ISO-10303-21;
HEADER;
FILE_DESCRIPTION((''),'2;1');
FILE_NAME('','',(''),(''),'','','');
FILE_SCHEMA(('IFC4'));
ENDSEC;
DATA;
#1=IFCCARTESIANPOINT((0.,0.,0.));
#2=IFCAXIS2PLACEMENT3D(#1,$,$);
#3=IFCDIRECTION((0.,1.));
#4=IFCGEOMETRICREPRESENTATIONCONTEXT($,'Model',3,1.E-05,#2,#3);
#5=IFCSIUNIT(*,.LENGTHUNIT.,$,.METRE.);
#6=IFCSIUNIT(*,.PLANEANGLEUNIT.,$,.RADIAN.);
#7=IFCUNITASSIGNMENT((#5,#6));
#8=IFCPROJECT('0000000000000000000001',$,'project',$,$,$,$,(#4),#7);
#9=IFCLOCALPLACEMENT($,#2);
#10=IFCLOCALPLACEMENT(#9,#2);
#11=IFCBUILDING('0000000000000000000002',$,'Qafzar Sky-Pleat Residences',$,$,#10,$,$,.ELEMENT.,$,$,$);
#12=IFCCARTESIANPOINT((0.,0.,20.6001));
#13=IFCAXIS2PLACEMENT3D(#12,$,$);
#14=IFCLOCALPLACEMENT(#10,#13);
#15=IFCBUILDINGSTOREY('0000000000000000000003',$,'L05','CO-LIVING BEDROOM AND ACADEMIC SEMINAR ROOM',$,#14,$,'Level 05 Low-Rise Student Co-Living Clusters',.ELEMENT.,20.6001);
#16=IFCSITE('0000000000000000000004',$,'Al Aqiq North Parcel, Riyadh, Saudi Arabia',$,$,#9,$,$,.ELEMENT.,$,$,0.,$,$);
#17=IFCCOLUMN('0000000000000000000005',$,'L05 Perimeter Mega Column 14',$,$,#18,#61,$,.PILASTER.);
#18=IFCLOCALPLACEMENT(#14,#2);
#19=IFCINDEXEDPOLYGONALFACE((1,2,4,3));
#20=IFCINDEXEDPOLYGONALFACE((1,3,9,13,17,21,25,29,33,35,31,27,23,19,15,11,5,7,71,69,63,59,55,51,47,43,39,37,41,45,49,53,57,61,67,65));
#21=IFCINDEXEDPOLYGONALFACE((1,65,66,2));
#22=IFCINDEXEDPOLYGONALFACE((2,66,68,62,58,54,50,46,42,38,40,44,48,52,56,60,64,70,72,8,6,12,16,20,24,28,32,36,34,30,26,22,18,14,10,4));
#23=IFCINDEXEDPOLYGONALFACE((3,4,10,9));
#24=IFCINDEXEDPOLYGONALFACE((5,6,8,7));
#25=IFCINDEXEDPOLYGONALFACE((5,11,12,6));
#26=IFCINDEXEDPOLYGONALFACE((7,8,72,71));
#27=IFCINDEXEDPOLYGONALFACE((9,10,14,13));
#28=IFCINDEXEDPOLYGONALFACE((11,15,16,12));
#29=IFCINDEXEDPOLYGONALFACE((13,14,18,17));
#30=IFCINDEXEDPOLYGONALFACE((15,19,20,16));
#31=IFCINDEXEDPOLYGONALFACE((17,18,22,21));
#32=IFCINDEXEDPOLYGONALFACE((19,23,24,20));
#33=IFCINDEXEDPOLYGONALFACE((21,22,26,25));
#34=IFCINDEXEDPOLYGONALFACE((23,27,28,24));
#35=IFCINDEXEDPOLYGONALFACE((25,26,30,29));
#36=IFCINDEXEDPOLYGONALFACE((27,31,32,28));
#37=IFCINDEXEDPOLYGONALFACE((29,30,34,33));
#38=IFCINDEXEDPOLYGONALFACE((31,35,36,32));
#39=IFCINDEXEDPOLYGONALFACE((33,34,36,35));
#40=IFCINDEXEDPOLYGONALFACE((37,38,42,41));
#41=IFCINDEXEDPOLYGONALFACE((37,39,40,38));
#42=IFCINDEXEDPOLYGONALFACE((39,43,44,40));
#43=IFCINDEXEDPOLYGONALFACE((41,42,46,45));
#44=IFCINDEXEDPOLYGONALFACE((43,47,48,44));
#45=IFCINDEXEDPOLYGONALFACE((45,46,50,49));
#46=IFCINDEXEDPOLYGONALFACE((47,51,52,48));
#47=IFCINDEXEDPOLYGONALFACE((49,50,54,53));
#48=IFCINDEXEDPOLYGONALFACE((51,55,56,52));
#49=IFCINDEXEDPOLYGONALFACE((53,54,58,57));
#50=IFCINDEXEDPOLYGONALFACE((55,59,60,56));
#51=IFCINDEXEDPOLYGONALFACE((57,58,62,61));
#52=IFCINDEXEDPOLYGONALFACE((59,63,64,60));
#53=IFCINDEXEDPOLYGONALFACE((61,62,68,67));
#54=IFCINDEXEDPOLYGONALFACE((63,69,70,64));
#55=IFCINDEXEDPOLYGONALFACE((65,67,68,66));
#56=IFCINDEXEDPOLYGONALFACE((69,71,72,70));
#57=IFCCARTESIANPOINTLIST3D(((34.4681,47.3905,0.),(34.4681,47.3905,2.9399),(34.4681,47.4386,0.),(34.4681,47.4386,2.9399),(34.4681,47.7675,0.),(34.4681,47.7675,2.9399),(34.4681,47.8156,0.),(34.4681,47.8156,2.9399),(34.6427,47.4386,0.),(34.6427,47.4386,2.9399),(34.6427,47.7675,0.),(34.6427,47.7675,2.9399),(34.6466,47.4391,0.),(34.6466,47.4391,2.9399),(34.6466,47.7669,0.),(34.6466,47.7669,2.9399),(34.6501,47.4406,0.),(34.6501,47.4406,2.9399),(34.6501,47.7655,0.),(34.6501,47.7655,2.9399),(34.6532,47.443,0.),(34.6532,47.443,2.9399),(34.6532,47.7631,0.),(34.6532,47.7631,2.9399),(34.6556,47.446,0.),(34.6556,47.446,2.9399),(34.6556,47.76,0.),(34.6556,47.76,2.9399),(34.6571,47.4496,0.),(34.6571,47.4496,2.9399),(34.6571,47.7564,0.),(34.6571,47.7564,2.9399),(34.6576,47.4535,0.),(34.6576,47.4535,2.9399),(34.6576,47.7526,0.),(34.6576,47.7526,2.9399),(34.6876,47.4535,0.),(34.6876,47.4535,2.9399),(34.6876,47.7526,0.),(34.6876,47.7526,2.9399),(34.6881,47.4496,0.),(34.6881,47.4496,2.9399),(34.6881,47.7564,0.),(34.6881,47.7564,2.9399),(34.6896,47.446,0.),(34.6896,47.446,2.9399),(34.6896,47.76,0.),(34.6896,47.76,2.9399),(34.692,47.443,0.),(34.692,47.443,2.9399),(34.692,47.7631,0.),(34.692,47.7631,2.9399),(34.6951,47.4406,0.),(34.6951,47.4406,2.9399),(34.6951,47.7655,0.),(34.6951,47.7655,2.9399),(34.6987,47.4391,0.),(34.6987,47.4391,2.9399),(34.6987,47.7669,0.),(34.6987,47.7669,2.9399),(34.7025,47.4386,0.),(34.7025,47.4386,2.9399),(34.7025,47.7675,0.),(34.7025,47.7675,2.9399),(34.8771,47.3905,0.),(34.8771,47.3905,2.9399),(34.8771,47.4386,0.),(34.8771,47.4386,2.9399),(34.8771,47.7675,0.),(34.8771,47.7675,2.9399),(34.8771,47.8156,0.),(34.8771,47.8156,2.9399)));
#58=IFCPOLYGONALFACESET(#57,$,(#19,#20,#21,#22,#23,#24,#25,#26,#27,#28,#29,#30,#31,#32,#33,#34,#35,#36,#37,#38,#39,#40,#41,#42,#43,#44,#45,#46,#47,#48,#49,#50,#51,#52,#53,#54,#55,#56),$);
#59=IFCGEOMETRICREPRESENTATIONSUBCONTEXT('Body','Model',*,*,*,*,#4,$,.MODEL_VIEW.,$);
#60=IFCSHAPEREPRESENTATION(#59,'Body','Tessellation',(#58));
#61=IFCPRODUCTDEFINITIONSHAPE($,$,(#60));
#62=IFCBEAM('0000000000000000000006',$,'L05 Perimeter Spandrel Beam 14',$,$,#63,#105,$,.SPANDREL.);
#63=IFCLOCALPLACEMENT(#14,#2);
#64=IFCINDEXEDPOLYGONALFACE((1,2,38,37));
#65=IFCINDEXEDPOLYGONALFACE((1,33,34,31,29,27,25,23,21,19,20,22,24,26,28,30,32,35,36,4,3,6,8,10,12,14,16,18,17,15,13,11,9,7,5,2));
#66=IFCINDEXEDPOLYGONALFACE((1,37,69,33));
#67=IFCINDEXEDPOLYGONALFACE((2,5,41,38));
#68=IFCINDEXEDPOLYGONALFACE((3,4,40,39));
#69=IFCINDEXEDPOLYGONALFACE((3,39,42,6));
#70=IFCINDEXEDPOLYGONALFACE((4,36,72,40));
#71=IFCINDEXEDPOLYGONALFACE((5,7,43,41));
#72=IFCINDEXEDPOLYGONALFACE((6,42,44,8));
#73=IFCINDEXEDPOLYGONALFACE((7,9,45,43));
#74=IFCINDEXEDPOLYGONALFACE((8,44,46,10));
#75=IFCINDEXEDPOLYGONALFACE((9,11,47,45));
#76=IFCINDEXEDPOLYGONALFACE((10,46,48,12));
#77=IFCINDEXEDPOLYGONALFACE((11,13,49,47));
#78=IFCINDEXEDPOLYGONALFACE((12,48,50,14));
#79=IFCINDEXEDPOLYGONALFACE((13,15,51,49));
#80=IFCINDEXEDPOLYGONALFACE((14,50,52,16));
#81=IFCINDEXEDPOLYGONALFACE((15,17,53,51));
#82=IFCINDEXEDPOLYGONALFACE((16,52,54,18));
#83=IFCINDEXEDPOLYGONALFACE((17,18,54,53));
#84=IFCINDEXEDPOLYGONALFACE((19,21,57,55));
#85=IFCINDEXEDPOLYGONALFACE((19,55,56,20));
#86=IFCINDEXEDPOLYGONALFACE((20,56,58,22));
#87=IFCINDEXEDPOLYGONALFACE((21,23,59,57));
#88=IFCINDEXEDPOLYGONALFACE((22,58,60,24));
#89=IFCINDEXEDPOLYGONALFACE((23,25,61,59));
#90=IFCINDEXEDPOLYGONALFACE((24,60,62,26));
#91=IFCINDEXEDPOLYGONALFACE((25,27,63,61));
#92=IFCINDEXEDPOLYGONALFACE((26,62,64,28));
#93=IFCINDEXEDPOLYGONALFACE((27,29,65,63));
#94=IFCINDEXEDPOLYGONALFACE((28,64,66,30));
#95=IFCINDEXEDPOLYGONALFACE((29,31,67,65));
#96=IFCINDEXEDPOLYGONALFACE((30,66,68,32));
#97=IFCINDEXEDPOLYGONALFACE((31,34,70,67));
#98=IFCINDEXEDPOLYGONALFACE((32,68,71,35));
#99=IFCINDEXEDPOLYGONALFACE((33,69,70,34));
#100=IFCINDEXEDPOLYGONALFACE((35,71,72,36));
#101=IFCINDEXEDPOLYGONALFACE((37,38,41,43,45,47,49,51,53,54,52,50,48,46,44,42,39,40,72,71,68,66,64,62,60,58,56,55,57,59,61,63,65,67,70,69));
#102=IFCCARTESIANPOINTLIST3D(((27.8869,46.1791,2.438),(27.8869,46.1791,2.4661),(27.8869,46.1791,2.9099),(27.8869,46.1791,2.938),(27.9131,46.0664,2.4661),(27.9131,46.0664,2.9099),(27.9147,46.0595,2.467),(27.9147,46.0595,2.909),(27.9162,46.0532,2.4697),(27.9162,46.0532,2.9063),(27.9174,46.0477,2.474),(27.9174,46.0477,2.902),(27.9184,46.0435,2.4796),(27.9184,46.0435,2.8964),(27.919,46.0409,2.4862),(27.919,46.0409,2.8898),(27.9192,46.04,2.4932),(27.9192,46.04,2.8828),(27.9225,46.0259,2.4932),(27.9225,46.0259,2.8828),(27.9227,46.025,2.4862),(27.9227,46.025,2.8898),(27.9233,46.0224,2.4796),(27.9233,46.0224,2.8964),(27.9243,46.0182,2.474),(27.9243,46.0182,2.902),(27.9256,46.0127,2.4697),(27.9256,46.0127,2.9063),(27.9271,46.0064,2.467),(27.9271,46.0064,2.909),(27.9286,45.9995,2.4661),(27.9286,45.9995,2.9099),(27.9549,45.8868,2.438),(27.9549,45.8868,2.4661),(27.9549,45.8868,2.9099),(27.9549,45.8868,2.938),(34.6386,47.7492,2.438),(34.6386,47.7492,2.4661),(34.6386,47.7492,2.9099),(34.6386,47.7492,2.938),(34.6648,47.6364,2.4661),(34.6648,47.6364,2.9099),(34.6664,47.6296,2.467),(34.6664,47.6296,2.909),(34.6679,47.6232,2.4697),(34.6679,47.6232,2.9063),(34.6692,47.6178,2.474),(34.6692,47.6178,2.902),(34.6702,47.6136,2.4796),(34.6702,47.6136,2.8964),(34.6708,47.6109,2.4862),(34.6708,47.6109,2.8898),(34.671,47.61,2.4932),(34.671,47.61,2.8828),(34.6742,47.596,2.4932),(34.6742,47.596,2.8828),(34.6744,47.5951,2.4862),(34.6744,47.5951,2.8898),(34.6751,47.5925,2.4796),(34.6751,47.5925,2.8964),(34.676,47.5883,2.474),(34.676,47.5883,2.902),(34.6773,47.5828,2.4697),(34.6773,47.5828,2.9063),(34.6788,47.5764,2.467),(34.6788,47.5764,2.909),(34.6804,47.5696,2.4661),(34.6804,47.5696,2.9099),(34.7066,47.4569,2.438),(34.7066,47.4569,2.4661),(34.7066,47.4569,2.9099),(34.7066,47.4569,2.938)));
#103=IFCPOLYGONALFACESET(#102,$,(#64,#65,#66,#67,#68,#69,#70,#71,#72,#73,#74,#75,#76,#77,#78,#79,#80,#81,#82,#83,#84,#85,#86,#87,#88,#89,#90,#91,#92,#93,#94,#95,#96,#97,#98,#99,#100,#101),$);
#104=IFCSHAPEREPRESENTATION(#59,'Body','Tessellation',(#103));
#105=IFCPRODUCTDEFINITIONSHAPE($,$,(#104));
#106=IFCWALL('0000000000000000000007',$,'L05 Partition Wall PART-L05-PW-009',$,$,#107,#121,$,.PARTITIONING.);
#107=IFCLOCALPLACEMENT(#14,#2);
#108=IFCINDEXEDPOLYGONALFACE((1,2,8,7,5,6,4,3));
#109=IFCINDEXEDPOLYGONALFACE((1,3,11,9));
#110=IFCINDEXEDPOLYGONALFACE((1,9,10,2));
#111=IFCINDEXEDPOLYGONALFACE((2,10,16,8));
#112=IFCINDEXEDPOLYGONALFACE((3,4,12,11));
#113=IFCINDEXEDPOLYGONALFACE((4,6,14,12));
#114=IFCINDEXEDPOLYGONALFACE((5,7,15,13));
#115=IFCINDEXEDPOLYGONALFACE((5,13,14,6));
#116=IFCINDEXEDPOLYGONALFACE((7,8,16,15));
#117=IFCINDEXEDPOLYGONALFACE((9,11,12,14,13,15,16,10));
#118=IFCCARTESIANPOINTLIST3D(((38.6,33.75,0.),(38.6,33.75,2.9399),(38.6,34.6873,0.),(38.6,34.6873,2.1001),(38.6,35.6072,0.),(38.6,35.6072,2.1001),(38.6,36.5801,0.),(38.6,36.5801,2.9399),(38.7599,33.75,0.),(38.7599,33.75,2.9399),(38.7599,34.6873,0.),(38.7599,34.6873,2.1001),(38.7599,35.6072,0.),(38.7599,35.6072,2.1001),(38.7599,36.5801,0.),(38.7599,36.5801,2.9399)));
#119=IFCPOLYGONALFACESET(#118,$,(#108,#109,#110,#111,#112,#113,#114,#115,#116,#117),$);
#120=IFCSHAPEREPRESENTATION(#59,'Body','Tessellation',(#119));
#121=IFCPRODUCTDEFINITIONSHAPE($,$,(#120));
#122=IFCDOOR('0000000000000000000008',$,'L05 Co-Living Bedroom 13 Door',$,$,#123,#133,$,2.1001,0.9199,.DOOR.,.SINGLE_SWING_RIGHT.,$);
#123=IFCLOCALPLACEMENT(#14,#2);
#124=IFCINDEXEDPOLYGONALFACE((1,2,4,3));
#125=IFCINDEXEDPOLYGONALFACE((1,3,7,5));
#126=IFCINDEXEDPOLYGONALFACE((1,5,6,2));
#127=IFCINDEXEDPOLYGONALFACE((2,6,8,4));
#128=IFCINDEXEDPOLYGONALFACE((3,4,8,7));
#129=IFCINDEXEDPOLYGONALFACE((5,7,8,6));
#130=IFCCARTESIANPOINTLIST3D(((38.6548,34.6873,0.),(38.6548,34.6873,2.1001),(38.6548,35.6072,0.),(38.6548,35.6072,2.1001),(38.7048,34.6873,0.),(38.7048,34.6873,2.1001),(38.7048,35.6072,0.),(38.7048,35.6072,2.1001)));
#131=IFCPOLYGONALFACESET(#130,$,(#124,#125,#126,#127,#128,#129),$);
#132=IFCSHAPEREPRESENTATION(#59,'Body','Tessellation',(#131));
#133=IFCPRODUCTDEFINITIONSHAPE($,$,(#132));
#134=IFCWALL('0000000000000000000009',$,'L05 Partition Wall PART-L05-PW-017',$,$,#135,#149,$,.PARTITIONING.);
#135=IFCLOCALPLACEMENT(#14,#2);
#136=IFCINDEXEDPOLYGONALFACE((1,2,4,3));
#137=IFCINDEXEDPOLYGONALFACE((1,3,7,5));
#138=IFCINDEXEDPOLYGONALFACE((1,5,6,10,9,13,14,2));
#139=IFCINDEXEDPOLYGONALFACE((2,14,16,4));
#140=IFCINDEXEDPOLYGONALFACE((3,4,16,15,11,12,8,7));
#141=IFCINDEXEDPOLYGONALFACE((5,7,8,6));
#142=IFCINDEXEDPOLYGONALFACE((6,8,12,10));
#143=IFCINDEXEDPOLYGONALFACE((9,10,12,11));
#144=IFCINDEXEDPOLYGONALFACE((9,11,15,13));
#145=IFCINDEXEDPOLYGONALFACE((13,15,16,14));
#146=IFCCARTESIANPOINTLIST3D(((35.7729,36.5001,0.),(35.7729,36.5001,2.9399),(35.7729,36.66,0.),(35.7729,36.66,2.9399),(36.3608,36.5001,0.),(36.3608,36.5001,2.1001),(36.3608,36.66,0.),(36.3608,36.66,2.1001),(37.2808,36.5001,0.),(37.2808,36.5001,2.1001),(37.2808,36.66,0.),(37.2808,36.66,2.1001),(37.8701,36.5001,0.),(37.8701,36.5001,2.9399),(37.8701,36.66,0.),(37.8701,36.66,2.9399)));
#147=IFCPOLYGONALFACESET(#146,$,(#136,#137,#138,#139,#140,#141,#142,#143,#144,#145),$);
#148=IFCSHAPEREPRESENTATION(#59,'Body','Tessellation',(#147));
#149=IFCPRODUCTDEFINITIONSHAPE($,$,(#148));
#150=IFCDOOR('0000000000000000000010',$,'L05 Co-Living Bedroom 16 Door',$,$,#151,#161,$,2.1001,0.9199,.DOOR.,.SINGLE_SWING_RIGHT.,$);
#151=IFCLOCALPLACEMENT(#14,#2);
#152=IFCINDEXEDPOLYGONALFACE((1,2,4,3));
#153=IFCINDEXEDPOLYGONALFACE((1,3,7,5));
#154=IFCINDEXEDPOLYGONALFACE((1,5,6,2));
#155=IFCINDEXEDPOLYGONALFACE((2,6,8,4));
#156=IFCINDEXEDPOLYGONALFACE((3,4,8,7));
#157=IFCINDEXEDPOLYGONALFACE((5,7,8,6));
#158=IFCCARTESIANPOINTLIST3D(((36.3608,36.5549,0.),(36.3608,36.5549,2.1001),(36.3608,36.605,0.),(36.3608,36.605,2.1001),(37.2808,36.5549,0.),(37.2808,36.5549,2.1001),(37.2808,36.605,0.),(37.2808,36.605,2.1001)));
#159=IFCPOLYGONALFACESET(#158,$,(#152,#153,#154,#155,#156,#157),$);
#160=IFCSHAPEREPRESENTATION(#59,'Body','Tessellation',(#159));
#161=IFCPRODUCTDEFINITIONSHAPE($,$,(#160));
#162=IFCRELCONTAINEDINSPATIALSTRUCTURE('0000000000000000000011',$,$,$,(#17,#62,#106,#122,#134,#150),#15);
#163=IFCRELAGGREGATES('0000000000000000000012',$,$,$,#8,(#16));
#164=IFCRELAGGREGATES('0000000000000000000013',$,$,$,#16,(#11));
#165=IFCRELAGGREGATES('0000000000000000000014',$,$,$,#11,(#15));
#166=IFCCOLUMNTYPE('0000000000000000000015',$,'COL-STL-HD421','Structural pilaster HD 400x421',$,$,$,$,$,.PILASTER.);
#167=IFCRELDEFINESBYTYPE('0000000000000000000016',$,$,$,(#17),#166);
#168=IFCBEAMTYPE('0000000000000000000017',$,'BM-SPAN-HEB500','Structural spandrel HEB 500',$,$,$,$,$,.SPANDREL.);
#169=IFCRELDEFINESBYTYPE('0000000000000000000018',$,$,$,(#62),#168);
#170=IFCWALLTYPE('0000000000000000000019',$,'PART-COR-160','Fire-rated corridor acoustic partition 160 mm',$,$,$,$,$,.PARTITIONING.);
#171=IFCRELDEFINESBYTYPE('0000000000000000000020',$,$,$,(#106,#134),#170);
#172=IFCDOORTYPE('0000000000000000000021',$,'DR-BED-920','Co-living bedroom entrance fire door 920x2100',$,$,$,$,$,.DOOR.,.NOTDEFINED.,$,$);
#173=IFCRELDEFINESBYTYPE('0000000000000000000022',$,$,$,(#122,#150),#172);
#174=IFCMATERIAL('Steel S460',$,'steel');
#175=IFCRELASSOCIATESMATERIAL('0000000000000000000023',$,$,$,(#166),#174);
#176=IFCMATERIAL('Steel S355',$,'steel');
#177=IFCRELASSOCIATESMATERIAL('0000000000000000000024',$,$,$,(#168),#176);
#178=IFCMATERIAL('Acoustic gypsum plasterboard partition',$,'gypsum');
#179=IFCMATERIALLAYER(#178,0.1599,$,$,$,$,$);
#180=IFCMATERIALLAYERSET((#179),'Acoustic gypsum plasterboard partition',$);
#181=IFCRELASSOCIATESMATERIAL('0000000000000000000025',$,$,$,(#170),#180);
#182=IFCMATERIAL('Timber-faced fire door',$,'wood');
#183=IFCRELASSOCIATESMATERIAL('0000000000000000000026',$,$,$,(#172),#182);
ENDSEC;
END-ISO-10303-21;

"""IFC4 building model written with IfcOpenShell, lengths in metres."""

from ifc_helpers import new_model, si_unit, direction, frame, frame_2d, origin, origin_2d, place, context, subcontext, project, spatial, rectangle, i_section, extrude, source, transform, mapped, material, layer, layer_set, material_profile, profile_set, type_object, element, fill, save


model = new_model("IFC4")

# Units and contexts
model_context = context("Model", 3, precision=1e-05, world=origin(), true_north=direction((0.0, 1.0)))
body_context = subcontext(model_context, "Body", "Model", "MODEL_VIEW")
ifc_project = project(units=[si_unit("LENGTHUNIT", "METRE"), si_unit("PLANEANGLEUNIT", "RADIAN")], contexts=[model_context])

# Site, building, storey
site_placement = place(None, origin())
site = spatial("IfcSite", under=ifc_project, at=site_placement, Name="Al Aqiq North Parcel, Riyadh, Saudi Arabia", CompositionType="ELEMENT", RefElevation=0.0)
building_placement = place(site_placement, origin())
building = spatial("IfcBuilding", under=site, at=building_placement, Name="Qafzar Sky-Pleat Residences", CompositionType="ELEMENT")
storey_placement = place(building_placement, frame((0.0, 0.0, 20.6001)))
storey = spatial("IfcBuildingStorey", under=building, at=storey_placement, Name="L05", Description="CO-LIVING BEDROOM AND ACADEMIC SEMINAR ROOM", LongName="Level 05 Low-Rise Student Co-Living Clusters", CompositionType="ELEMENT", Elevation=20.6001)

# Column
ifc_material_1 = material(Name="Steel S460", Category="steel")
ifc_material_profile_1 = material_profile(ifc_material_1, i_section(OverallWidth=0.4089, OverallDepth=0.425, WebThickness=0.03, FlangeThickness=0.0481, FilletRadius=0.0149, at=origin_2d()), Name="HD 400x421")
ifc_profile_set_1 = profile_set([ifc_material_profile_1], Name="Steel S460")
column_type = type_object("IfcColumnType", Name="COL-STL-HD421", Description="Structural pilaster HD 400x421", PredefinedType="PILASTER", material=ifc_profile_set_1)
shared_shape_1 = source(origin(), body_context, "Body", "SweptSolid", [
    extrude(i_section(OverallWidth=0.4089, OverallDepth=0.425, WebThickness=0.03, FlangeThickness=0.0481, FilletRadius=0.0149, at=origin_2d()), origin(), (0.0, 0.0, 1.0), 2.9399),
])
column_placement = place(storey_placement, frame((34.6726, 47.603, 0.0), z_axis=(0.0, 0.0, 1.0), x_axis=(1.0, 0.0, 0.0)))
element("IfcColumn", 1, at=column_placement, inside=storey, type_object=column_type, Name="L05 Perimeter Mega Column 14", PredefinedType="PILASTER", context=body_context, shape_type="MappedRepresentation", body=[
    mapped(shared_shape_1, transform((0.0, 0.0, 0.0), x_axis=(1.0, 0.0, 0.0), y_axis=(0.0, 1.0, 0.0), z_axis=(0.0, 0.0, 1.0), scale=1.0)),
])

# Beam
ifc_material_2 = material(Name="Steel S355", Category="steel")
ifc_material_profile_2 = material_profile(ifc_material_2, i_section(OverallWidth=0.3, OverallDepth=0.5, WebThickness=0.0144, FlangeThickness=0.0281, FilletRadius=0.0271, at=origin_2d()), Name="HEB 500")
ifc_profile_set_2 = profile_set([ifc_material_profile_2], Name="Steel S355")
beam_type = type_object("IfcBeamType", Name="BM-SPAN-HEB500", Description="Structural spandrel HEB 500", PredefinedType="SPANDREL", material=ifc_profile_set_2)
shared_shape_2 = source(origin(), body_context, "Body", "SweptSolid", [
    extrude(i_section(OverallWidth=0.3, OverallDepth=0.5, WebThickness=0.0144, FlangeThickness=0.0281, FilletRadius=0.0271, at=origin_2d()), origin(), (0.0, 0.0, 1.0), 6.9319),
])
beam_placement = place(storey_placement, frame((34.6726, 47.603, 2.688), z_axis=(-0.974011, -0.2265, 0.0), x_axis=(0.2265, -0.974011, 0.0)))
element("IfcBeam", 2, at=beam_placement, inside=storey, type_object=beam_type, Name="L05 Perimeter Spandrel Beam 14", PredefinedType="SPANDREL", context=body_context, shape_type="MappedRepresentation", body=[
    mapped(shared_shape_2, transform((0.0, 0.0, 0.0), x_axis=(1.0, 0.0, 0.0), y_axis=(0.0, 1.0, 0.0), z_axis=(0.0, 0.0, 1.0), scale=1.0)),
])

# Walls, openings, doors
ifc_material_3 = material(Name="Acoustic gypsum plasterboard partition", Category="gypsum")
ifc_layer_1 = layer(ifc_material_3, 0.1599)
ifc_layer_set_1 = layer_set([ifc_layer_1], Name="Acoustic gypsum plasterboard partition")
wall_type_1 = type_object("IfcWallType", Name="PART-COR-160", Description="Fire-rated corridor acoustic partition 160 mm", PredefinedType="PARTITIONING", material=ifc_layer_set_1)
wall_1_placement = place(storey_placement, frame((38.6799, 36.5801, 0.0), z_axis=(0.0, 0.0, 1.0), x_axis=(0.0, -1.0, 0.0)))
wall_1 = element("IfcWall", 3, at=wall_1_placement, inside=storey, type_object=wall_type_1, Name="L05 Partition Wall PART-L05-PW-009", PredefinedType="PARTITIONING", context=body_context, shape_type="SweptSolid", body=[
    extrude(rectangle(XDim=2.8301, YDim=0.1599, at=frame_2d((1.415, 0.0))), origin(), (0.0, 0.0, 1.0), 2.9399),
])
opening_1_placement = place(wall_1_placement, frame((0.9729, 0.0, 0.0)))
opening_1 = element("IfcOpeningElement", 4, at=opening_1_placement, cuts=wall_1, PredefinedType="OPENING", context=body_context, shape_type="SweptSolid", body=[
    extrude(rectangle(XDim=0.9199, YDim=2.1001, at=frame_2d((0.46, 1.05))), frame((0.0, 0.0898, 0.0), z_axis=(0.0, -1.0, 0.0), x_axis=(1.0, 0.0, 0.0)), (0.0, 0.0, 1.0), 0.1799),
])
ifc_material_4 = material(Name="Timber-faced fire door", Category="wood")
door_type_1 = type_object("IfcDoorType", Name="DR-BED-920", Description="Co-living bedroom entrance fire door 920x2100", OperationType="NOTDEFINED", PredefinedType="DOOR", material=ifc_material_4)
shared_shape_3 = source(origin(), body_context, "Body", "SweptSolid", [
    extrude(rectangle(XDim=0.9199, YDim=2.1001, at=frame_2d((0.46, 1.05))), frame((0.0, 0.0249, 0.0), z_axis=(0.0, -1.0, 0.0), x_axis=(1.0, 0.0, 0.0)), (0.0, 0.0, 1.0), 0.05),
])
door_1_placement = place(opening_1_placement, origin())
door_1 = element("IfcDoor", 5, at=door_1_placement, inside=storey, type_object=door_type_1, Name="L05 Co-Living Bedroom 13 Door", OperationType="SINGLE_SWING_RIGHT", OverallHeight=2.1001, OverallWidth=0.9199, PredefinedType="DOOR", context=body_context, shape_type="MappedRepresentation", body=[
    mapped(shared_shape_3, transform((0.0, 0.0, 0.0), x_axis=(1.0, 0.0, 0.0), y_axis=(0.0, 1.0, 0.0), z_axis=(0.0, 0.0, 1.0), scale=1.0)),
])
fill(opening_1, door_1)
wall_2_placement = place(storey_placement, frame((35.7729, 36.5801, 0.0), z_axis=(0.0, 0.0, 1.0), x_axis=(1.0, 0.0, 0.0)))
wall_2 = element("IfcWall", 6, at=wall_2_placement, inside=storey, type_object=wall_type_1, Name="L05 Partition Wall PART-L05-PW-017", PredefinedType="PARTITIONING", context=body_context, shape_type="SweptSolid", body=[
    extrude(rectangle(XDim=2.0972, YDim=0.1599, at=frame_2d((1.0486, 0.0))), origin(), (0.0, 0.0, 1.0), 2.9399),
])
opening_2_placement = place(wall_2_placement, frame((0.5879, 0.0, 0.0)))
opening_2 = element("IfcOpeningElement", 7, at=opening_2_placement, cuts=wall_2, PredefinedType="OPENING", context=body_context, shape_type="SweptSolid", body=[
    extrude(rectangle(XDim=0.9199, YDim=2.1001, at=frame_2d((0.46, 1.05))), frame((0.0, 0.0898, 0.0), z_axis=(0.0, -1.0, 0.0), x_axis=(1.0, 0.0, 0.0)), (0.0, 0.0, 1.0), 0.1799),
])
door_2_placement = place(opening_2_placement, origin())
door_2 = element("IfcDoor", 8, at=door_2_placement, inside=storey, type_object=door_type_1, Name="L05 Co-Living Bedroom 16 Door", OperationType="SINGLE_SWING_RIGHT", OverallHeight=2.1001, OverallWidth=0.9199, PredefinedType="DOOR", context=body_context, shape_type="MappedRepresentation", body=[
    mapped(shared_shape_3, transform((0.0, 0.0, 0.0), x_axis=(1.0, 0.0, 0.0), y_axis=(0.0, 1.0, 0.0), z_axis=(0.0, 0.0, 1.0), scale=1.0)),
])
fill(opening_2, door_2)

save(model, "model.ifc")
